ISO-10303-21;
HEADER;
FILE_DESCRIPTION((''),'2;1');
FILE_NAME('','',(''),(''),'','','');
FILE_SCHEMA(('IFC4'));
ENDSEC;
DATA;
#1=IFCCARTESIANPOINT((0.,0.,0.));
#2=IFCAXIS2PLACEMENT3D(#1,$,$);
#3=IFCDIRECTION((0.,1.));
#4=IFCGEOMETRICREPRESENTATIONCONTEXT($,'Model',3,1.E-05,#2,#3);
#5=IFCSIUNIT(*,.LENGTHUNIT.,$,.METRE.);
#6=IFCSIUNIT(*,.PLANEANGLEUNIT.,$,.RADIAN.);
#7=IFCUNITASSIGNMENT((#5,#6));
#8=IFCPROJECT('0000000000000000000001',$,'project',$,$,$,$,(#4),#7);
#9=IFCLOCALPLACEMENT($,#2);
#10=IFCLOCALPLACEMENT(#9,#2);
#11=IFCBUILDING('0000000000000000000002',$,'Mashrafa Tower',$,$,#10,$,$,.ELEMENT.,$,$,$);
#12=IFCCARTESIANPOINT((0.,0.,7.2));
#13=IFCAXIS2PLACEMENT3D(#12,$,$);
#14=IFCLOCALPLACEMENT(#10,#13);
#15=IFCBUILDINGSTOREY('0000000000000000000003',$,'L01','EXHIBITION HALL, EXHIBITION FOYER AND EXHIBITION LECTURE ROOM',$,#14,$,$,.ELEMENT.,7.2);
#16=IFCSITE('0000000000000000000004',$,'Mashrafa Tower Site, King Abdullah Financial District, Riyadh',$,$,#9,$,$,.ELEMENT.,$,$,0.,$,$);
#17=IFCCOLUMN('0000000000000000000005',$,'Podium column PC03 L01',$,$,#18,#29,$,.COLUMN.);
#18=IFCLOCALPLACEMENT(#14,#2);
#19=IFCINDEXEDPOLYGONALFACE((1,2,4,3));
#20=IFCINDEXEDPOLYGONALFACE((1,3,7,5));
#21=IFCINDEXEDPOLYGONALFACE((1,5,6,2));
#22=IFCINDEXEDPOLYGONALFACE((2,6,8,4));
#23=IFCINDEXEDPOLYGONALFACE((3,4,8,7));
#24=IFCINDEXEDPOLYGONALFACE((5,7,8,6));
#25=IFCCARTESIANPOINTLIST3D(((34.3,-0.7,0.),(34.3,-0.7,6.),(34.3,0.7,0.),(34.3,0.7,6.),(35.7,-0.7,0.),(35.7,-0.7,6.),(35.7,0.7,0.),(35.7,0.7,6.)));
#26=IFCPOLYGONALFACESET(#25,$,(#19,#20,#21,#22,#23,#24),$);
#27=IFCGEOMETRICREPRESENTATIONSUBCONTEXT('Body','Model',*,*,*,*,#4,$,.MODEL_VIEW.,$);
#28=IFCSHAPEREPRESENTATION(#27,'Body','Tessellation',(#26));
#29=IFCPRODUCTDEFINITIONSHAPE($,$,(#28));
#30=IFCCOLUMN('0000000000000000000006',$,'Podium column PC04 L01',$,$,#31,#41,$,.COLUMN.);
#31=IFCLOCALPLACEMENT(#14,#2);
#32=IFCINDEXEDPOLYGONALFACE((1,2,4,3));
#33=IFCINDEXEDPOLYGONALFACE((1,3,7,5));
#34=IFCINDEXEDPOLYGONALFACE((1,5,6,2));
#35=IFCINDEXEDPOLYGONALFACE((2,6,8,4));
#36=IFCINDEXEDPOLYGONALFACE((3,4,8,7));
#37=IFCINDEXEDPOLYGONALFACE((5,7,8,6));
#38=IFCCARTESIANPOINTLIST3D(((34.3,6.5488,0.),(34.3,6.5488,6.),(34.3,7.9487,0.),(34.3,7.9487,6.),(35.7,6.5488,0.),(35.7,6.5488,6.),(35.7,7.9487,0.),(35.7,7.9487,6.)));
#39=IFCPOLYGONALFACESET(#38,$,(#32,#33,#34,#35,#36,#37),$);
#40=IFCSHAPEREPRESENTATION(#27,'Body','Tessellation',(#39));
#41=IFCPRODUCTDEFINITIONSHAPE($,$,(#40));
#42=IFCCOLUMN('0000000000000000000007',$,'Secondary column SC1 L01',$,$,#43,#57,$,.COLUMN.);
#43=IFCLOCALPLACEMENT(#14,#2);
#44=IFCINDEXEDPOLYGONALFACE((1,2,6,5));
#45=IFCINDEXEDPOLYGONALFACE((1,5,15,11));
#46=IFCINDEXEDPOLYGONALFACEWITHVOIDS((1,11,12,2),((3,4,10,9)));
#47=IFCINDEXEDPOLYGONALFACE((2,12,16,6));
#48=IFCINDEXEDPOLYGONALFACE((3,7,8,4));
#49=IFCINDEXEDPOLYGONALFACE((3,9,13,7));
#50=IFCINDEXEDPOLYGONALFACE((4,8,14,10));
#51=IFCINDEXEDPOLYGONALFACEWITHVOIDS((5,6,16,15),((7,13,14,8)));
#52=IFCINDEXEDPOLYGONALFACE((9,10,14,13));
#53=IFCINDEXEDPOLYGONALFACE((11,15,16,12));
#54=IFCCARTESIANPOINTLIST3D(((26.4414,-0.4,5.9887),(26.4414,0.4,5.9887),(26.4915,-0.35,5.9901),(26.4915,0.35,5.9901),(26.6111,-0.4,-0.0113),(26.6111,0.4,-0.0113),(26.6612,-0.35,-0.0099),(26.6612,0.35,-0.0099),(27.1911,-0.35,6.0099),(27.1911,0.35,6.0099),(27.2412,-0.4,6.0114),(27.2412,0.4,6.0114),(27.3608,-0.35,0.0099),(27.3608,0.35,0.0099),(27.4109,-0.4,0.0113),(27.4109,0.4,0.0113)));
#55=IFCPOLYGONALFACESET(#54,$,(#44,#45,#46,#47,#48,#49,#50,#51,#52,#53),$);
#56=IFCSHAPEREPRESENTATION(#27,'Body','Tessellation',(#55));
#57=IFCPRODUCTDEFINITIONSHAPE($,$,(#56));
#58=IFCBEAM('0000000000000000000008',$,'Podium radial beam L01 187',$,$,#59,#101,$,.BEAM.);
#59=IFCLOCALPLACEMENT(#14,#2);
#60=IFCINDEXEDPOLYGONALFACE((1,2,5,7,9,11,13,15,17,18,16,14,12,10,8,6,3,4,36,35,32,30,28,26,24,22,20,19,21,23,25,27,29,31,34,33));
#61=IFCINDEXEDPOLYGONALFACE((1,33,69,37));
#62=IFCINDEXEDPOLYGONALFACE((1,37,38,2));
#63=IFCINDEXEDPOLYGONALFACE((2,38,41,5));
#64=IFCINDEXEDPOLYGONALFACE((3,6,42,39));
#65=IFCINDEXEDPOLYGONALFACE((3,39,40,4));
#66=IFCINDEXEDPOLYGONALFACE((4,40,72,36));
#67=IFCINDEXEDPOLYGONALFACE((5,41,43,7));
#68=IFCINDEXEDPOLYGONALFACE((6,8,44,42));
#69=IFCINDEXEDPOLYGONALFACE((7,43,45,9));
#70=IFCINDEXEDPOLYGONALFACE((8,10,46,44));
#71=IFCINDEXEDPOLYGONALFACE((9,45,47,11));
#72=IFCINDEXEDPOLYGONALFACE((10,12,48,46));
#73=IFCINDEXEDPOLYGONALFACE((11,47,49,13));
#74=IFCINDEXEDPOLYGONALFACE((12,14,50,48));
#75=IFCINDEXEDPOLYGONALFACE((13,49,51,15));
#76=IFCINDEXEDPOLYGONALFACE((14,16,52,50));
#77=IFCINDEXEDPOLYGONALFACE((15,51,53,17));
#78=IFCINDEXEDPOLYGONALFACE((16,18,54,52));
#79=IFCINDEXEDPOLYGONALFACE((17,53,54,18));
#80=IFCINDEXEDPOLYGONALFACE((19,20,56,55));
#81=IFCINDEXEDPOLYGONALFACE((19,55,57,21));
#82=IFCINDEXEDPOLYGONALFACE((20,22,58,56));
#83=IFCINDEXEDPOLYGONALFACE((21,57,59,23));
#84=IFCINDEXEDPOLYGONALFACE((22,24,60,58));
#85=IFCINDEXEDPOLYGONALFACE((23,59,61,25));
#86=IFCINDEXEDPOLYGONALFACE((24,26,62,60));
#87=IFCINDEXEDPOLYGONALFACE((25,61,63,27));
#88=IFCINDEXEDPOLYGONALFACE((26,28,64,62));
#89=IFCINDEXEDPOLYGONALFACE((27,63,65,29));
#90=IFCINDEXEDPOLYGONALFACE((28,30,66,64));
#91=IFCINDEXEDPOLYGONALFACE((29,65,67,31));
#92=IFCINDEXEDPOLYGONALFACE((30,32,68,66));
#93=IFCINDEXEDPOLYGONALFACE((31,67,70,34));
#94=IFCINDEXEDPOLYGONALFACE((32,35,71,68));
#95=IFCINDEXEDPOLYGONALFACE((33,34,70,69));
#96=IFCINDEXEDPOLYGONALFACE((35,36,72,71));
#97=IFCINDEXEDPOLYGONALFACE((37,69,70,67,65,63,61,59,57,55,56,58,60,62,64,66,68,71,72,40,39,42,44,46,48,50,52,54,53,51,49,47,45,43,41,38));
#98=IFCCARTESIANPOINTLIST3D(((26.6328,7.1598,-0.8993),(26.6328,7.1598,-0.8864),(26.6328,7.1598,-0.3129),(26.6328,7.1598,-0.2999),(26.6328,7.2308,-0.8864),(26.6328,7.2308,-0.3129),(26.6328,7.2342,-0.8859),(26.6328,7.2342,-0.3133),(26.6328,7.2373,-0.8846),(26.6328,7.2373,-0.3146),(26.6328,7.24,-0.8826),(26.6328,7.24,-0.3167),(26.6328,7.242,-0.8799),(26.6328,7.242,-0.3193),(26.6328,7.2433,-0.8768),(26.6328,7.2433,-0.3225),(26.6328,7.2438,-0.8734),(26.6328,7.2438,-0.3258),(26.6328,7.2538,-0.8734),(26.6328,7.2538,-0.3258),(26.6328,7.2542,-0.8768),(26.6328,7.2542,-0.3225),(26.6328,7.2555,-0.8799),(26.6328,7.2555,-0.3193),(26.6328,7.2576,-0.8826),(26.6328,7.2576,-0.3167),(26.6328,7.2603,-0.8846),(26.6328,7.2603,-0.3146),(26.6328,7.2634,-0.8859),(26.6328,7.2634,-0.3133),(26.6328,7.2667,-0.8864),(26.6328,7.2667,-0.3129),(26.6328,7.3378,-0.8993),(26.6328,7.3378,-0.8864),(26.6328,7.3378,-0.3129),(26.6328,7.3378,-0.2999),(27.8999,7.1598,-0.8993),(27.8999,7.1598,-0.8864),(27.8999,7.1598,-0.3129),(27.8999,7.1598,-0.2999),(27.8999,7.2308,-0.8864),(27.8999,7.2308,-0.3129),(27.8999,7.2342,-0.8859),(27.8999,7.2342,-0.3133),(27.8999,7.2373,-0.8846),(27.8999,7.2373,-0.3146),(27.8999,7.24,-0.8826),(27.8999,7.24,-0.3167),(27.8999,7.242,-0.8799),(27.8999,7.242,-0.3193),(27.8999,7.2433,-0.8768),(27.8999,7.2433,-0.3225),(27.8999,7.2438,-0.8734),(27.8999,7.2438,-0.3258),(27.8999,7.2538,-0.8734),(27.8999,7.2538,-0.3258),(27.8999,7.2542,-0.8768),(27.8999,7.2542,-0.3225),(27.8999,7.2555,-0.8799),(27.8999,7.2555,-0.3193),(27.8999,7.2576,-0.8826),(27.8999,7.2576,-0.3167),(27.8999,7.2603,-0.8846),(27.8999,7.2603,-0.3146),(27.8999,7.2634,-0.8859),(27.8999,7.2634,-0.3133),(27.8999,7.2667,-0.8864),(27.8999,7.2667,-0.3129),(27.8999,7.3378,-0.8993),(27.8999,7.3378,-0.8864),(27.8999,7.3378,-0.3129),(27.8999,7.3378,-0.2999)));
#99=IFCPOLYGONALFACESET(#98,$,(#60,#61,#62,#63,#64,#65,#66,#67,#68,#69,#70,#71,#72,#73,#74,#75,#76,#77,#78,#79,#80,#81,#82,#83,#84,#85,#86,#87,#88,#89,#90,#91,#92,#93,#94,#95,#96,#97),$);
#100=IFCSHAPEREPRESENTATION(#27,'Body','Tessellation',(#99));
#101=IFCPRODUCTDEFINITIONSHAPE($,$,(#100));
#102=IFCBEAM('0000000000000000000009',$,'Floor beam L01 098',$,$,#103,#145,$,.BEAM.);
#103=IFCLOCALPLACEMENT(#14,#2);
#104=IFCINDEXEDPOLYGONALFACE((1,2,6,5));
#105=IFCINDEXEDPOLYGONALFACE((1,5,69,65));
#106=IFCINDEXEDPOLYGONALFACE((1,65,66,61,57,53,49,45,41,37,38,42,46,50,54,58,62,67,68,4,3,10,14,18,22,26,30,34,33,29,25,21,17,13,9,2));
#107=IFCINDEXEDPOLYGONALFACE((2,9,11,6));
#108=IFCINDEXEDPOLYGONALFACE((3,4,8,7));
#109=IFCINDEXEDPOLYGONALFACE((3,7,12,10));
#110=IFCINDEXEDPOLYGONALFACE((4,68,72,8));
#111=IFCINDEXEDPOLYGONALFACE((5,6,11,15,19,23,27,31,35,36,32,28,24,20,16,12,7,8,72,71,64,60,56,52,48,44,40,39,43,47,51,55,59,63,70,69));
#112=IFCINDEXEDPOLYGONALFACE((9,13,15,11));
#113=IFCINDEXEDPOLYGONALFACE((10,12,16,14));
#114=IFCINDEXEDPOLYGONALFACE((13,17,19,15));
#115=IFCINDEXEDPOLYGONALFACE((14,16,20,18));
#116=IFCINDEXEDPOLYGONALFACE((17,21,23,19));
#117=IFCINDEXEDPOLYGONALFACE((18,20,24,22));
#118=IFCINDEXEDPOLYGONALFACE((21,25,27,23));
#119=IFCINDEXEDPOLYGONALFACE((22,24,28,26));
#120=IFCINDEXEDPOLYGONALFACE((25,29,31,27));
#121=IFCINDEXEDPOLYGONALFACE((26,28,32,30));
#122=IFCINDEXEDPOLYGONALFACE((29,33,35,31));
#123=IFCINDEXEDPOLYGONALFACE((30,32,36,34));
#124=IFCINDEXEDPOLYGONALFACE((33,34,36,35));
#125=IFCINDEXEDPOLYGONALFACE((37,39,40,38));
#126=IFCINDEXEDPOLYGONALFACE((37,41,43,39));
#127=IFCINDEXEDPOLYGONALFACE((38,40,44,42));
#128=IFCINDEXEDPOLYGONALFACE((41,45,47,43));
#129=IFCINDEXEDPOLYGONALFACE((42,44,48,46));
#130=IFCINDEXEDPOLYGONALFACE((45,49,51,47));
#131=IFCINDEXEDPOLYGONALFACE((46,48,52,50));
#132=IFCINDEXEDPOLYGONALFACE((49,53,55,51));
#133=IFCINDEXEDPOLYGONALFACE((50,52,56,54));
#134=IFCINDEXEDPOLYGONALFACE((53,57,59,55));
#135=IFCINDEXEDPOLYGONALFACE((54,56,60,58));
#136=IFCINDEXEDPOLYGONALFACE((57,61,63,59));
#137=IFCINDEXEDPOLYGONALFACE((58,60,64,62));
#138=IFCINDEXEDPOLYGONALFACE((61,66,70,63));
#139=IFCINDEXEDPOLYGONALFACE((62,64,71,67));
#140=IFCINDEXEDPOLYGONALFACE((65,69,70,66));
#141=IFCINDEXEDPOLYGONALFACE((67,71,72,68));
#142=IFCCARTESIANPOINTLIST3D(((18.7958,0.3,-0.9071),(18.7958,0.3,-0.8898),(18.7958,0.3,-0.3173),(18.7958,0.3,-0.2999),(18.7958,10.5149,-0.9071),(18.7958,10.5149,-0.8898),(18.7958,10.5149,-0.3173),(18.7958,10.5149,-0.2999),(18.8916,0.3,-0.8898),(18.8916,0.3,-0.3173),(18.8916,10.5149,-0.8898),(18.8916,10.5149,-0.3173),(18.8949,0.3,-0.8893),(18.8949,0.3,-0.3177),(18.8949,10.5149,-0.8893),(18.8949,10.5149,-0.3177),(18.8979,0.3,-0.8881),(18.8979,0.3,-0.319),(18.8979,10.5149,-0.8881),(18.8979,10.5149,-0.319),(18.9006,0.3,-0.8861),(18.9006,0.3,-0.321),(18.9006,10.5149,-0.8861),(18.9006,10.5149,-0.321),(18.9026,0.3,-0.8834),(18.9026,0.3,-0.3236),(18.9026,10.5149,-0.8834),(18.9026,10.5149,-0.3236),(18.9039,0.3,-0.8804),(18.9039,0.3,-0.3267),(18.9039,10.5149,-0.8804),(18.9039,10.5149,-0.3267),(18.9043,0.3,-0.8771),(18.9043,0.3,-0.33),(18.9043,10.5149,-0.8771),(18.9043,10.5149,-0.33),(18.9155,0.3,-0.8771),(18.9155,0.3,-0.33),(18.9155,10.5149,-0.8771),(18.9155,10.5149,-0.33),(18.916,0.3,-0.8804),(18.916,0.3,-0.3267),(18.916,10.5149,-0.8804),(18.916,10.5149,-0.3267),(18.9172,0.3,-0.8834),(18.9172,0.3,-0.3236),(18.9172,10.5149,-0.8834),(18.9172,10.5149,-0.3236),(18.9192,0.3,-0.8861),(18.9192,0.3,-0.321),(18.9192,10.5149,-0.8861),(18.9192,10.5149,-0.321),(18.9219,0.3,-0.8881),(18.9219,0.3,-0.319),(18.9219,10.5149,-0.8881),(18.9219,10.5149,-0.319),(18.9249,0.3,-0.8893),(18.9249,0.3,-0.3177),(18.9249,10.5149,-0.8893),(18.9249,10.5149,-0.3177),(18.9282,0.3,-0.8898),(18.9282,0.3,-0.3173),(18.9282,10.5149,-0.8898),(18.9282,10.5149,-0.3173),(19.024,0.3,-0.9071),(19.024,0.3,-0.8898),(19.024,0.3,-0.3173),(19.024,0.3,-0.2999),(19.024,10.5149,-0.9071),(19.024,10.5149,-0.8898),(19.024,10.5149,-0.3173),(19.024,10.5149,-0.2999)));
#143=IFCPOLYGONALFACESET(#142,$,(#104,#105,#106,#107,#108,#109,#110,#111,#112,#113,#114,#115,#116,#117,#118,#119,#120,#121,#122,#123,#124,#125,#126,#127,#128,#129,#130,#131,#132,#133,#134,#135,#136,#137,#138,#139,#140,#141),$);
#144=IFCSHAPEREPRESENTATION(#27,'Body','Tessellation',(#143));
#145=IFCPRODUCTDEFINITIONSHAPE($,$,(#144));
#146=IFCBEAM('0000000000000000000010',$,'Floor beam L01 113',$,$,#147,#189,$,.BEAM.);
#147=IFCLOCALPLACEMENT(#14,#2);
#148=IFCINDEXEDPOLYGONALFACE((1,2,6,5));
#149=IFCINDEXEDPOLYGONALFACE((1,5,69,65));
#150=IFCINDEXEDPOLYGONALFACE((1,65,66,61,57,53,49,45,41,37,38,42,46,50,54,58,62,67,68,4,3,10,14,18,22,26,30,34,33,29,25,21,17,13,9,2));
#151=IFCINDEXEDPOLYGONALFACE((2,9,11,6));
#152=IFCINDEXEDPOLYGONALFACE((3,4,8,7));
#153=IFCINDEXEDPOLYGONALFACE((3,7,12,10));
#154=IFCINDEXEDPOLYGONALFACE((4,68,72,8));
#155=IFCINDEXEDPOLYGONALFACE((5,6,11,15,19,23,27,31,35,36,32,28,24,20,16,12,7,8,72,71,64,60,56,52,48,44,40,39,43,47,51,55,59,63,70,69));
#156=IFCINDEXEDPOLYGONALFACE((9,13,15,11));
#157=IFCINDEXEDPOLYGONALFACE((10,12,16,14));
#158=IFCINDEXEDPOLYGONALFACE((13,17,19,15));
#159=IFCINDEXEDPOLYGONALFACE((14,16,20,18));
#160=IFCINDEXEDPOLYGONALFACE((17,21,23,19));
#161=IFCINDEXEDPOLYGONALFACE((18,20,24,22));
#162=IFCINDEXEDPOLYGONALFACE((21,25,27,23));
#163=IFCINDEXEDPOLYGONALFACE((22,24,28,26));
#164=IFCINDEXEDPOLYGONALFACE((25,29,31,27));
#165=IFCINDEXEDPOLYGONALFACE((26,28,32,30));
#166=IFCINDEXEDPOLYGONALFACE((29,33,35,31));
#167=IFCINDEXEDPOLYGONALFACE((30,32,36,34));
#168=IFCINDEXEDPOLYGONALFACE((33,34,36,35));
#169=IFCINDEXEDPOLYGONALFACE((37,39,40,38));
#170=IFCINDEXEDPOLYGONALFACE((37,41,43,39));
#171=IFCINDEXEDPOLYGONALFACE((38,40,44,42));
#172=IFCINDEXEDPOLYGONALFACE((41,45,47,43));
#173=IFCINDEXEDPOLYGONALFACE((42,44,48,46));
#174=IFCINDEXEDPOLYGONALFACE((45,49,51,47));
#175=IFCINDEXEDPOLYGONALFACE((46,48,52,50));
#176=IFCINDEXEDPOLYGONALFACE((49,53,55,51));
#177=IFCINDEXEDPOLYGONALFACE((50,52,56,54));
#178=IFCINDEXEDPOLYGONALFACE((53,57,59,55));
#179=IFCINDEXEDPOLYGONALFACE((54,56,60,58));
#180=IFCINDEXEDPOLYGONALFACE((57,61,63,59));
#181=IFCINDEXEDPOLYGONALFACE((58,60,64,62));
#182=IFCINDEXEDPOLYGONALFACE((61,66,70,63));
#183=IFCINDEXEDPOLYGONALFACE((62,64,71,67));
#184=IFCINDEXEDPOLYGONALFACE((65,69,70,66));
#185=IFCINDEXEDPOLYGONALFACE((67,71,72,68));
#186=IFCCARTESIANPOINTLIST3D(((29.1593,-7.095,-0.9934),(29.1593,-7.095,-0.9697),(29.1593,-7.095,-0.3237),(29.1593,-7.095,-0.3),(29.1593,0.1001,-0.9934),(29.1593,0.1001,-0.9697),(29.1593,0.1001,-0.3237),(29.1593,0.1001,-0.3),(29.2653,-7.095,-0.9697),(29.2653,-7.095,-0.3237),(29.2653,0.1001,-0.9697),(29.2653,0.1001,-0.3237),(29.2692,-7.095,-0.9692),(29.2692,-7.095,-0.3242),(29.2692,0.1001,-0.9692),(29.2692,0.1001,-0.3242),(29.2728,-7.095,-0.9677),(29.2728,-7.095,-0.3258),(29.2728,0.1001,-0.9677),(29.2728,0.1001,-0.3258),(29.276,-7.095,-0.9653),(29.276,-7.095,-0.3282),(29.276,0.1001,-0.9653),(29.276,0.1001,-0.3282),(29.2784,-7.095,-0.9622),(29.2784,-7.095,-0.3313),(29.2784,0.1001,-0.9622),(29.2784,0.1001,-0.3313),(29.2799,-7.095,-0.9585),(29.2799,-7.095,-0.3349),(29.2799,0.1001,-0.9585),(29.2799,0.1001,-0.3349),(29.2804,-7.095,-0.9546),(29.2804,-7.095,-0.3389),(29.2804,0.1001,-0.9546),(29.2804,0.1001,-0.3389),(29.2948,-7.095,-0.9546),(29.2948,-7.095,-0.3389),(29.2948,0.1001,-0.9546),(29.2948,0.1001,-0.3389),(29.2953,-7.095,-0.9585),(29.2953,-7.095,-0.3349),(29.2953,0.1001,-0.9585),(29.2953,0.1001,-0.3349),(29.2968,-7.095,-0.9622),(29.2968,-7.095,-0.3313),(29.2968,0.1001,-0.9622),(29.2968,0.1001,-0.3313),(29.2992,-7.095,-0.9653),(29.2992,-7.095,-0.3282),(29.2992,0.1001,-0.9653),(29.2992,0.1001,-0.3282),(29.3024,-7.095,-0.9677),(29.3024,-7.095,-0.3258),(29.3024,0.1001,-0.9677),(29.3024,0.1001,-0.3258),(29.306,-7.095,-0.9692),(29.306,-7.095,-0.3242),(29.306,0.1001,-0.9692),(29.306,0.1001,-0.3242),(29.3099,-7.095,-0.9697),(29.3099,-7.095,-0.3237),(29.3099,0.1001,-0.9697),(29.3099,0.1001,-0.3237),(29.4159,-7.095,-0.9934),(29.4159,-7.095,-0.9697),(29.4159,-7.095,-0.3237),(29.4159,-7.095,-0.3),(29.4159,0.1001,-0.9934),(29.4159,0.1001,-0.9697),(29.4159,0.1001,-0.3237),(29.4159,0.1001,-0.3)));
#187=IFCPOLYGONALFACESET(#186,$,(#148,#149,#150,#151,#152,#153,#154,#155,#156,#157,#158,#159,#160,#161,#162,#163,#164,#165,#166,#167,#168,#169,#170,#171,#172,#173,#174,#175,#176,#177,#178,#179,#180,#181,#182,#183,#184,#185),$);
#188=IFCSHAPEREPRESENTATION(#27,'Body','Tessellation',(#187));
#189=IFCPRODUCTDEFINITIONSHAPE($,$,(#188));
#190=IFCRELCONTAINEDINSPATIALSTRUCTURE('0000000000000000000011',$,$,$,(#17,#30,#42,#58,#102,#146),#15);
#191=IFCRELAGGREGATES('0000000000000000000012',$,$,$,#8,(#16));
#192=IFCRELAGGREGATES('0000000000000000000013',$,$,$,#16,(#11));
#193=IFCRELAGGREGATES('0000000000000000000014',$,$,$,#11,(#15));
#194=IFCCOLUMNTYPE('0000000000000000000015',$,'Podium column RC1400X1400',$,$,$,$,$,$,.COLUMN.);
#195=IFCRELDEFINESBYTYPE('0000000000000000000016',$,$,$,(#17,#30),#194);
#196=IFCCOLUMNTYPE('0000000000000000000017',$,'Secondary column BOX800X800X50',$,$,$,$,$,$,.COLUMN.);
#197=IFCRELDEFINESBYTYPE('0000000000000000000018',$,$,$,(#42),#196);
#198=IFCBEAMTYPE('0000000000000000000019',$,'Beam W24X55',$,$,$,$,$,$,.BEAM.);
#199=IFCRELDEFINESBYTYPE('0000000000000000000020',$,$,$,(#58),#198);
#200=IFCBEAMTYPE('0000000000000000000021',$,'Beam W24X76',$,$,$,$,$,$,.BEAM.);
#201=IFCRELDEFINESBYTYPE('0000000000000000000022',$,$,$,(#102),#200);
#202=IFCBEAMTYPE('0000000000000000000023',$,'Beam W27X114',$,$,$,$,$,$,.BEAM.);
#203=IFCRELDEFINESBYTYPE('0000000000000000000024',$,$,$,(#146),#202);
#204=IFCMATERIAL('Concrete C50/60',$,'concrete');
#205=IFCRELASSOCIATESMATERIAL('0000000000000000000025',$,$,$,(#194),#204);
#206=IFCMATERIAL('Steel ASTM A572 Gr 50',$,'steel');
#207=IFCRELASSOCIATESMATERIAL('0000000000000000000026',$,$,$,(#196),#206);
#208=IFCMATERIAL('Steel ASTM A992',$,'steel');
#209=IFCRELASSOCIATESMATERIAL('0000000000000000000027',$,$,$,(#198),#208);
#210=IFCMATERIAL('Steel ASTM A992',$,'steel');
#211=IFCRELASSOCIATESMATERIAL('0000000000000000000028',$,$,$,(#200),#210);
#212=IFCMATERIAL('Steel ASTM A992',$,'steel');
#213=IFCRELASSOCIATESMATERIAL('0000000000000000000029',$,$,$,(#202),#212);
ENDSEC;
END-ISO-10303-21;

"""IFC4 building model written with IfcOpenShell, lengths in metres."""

from ifc_helpers import new_model, si_unit, direction, frame, origin, origin_2d, place, context, subcontext, project, spatial, rectangle, hollow_rectangle, i_section, extrude, material, material_profile, profile_set, type_object, element, save


model = new_model("IFC4")

# Units and contexts
model_context = context("Model", 3, precision=1e-05, world=origin(), true_north=direction((0.0, 1.0)))
body_context = subcontext(model_context, "Body", "Model", "MODEL_VIEW")
ifc_project = project(units=[si_unit("LENGTHUNIT", "METRE"), si_unit("PLANEANGLEUNIT", "RADIAN")], contexts=[model_context])

# Site, building, storey
site_placement = place(None, origin())
site = spatial("IfcSite", under=ifc_project, at=site_placement, Name="Mashrafa Tower Site, King Abdullah Financial District, Riyadh", CompositionType="ELEMENT", RefElevation=0.0)
building_placement = place(site_placement, origin())
building = spatial("IfcBuilding", under=site, at=building_placement, Name="Mashrafa Tower", CompositionType="ELEMENT")
storey_placement = place(building_placement, frame((0.0, 0.0, 7.2)))
storey = spatial("IfcBuildingStorey", under=building, at=storey_placement, Name="L01", Description="EXHIBITION HALL, EXHIBITION FOYER AND EXHIBITION LECTURE ROOM", CompositionType="ELEMENT", Elevation=7.2)

# Columns
ifc_material_1 = material(Name="Concrete C50/60", Category="concrete")
ifc_material_profile_1 = material_profile(ifc_material_1, rectangle(XDim=1.3999, YDim=1.3999, at=origin_2d()), Name="RC1400X1400")
ifc_profile_set_1 = profile_set([ifc_material_profile_1], Name="Concrete C50/60")
column_type_1 = type_object("IfcColumnType", Name="Podium column RC1400X1400", PredefinedType="COLUMN", material=ifc_profile_set_1)
for number, where, z_axis, x_axis, name in (
    (1, (35.0, 0.0, 0.0), (0.0, 0.0, 1.0), (1.0, 0.0, 0.0), "Podium column PC03 L01"),
    (2, (35.0, 7.2488, 0.0), (0.0, 0.0, 1.0), (1.0, 0.0, 0.0), "Podium column PC04 L01"),
):
    element("IfcColumn", number, at=place(storey_placement, frame(where, z_axis=z_axis, x_axis=x_axis)), inside=storey, type_object=column_type_1, Name=name, PredefinedType="COLUMN", context=body_context, shape_type="SweptSolid", body=[
        extrude(rectangle(XDim=1.3999, YDim=1.3999, at=origin_2d()), origin(), (0.0, 0.0, 1.0), 6.0),
    ])
ifc_material_2 = material(Name="Steel ASTM A572 Gr 50", Category="steel")
ifc_material_profile_2 = material_profile(ifc_material_2, hollow_rectangle(XDim=0.8, YDim=0.8, WallThickness=0.05, at=origin_2d()), Name="BOX800X800X50")
ifc_profile_set_2 = profile_set([ifc_material_profile_2], Name="Steel ASTM A572 Gr 50")
column_type_2 = type_object("IfcColumnType", Name="Secondary column BOX800X800X50", PredefinedType="COLUMN", material=ifc_profile_set_2)
column_placement = place(storey_placement, frame((27.011, 0.0, 0.0), z_axis=(-0.028268, 0.0, 0.9996), x_axis=(0.0, -1.0, 0.0)))
element("IfcColumn", 3, at=column_placement, inside=storey, type_object=column_type_2, Name="Secondary column SC1 L01", PredefinedType="COLUMN", context=body_context, shape_type="SweptSolid", body=[
    extrude(hollow_rectangle(XDim=0.8, YDim=0.8, WallThickness=0.05, at=origin_2d()), origin(), (0.0, 0.0, 1.0), 6.0024),
])

# Beams
ifc_material_3 = material(Name="Steel ASTM A992", Category="steel")
ifc_material_profile_3 = material_profile(ifc_material_3, i_section(OverallWidth=0.178, OverallDepth=0.5994, WebThickness=0.01, FlangeThickness=0.0129, FilletRadius=0.0129, at=origin_2d()), Name="W24X55")
ifc_profile_set_3 = profile_set([ifc_material_profile_3], Name="Steel ASTM A992")
beam_type_1 = type_object("IfcBeamType", Name="Beam W24X55", PredefinedType="BEAM", material=ifc_profile_set_3)
beam_1_placement = place(storey_placement, frame((26.6328, 7.2488, -0.5996), z_axis=(1.0, 0.0, 0.0), x_axis=(0.0, 1.0, 0.0)))
element("IfcBeam", 4, at=beam_1_placement, inside=storey, type_object=beam_type_1, Name="Podium radial beam L01 187", PredefinedType="BEAM", context=body_context, shape_type="SweptSolid", body=[
    extrude(i_section(OverallWidth=0.178, OverallDepth=0.5994, WebThickness=0.01, FlangeThickness=0.0129, FilletRadius=0.0129, at=origin_2d()), origin(), (0.0, 0.0, 1.0), 1.2671),
])
ifc_material_4 = material(Name="Steel ASTM A992", Category="steel")
ifc_material_profile_4 = material_profile(ifc_material_4, i_section(OverallWidth=0.2283, OverallDepth=0.6072, WebThickness=0.0112, FlangeThickness=0.0173, FilletRadius=0.0127, at=origin_2d()), Name="W24X76")
ifc_profile_set_4 = profile_set([ifc_material_profile_4], Name="Steel ASTM A992")
beam_type_2 = type_object("IfcBeamType", Name="Beam W24X76", PredefinedType="BEAM", material=ifc_profile_set_4)
beam_2_placement = place(storey_placement, frame((18.9099, 10.5149, -0.6035), z_axis=(0.0, -1.0, 0.0), x_axis=(1.0, 0.0, 0.0)))
element("IfcBeam", 5, at=beam_2_placement, inside=storey, type_object=beam_type_2, Name="Floor beam L01 098", PredefinedType="BEAM", context=body_context, shape_type="SweptSolid", body=[
    extrude(i_section(OverallWidth=0.2283, OverallDepth=0.6072, WebThickness=0.0112, FlangeThickness=0.0173, FilletRadius=0.0127, at=origin_2d()), origin(), (0.0, 0.0, 1.0), 10.2148),
])
ifc_material_5 = material(Name="Steel ASTM A992", Category="steel")
ifc_material_profile_5 = material_profile(ifc_material_5, i_section(OverallWidth=0.2566, OverallDepth=0.6934, WebThickness=0.0144, FlangeThickness=0.0237, FilletRadius=0.0151, at=origin_2d()), Name="W27X114")
ifc_profile_set_5 = profile_set([ifc_material_profile_5], Name="Steel ASTM A992")
beam_type_3 = type_object("IfcBeamType", Name="Beam W27X114", PredefinedType="BEAM", material=ifc_profile_set_5)
beam_3_placement = place(storey_placement, frame((29.2876, 0.1001, -0.6467), z_axis=(0.0, -1.0, 0.0), x_axis=(1.0, 0.0, 0.0)))
element("IfcBeam", 6, at=beam_3_placement, inside=storey, type_object=beam_type_3, Name="Floor beam L01 113", PredefinedType="BEAM", context=body_context, shape_type="SweptSolid", body=[
    extrude(i_section(OverallWidth=0.2566, OverallDepth=0.6934, WebThickness=0.0144, FlangeThickness=0.0237, FilletRadius=0.0151, at=origin_2d()), origin(), (0.0, 0.0, 1.0), 7.1951),
])

save(model, "model.ifc")
